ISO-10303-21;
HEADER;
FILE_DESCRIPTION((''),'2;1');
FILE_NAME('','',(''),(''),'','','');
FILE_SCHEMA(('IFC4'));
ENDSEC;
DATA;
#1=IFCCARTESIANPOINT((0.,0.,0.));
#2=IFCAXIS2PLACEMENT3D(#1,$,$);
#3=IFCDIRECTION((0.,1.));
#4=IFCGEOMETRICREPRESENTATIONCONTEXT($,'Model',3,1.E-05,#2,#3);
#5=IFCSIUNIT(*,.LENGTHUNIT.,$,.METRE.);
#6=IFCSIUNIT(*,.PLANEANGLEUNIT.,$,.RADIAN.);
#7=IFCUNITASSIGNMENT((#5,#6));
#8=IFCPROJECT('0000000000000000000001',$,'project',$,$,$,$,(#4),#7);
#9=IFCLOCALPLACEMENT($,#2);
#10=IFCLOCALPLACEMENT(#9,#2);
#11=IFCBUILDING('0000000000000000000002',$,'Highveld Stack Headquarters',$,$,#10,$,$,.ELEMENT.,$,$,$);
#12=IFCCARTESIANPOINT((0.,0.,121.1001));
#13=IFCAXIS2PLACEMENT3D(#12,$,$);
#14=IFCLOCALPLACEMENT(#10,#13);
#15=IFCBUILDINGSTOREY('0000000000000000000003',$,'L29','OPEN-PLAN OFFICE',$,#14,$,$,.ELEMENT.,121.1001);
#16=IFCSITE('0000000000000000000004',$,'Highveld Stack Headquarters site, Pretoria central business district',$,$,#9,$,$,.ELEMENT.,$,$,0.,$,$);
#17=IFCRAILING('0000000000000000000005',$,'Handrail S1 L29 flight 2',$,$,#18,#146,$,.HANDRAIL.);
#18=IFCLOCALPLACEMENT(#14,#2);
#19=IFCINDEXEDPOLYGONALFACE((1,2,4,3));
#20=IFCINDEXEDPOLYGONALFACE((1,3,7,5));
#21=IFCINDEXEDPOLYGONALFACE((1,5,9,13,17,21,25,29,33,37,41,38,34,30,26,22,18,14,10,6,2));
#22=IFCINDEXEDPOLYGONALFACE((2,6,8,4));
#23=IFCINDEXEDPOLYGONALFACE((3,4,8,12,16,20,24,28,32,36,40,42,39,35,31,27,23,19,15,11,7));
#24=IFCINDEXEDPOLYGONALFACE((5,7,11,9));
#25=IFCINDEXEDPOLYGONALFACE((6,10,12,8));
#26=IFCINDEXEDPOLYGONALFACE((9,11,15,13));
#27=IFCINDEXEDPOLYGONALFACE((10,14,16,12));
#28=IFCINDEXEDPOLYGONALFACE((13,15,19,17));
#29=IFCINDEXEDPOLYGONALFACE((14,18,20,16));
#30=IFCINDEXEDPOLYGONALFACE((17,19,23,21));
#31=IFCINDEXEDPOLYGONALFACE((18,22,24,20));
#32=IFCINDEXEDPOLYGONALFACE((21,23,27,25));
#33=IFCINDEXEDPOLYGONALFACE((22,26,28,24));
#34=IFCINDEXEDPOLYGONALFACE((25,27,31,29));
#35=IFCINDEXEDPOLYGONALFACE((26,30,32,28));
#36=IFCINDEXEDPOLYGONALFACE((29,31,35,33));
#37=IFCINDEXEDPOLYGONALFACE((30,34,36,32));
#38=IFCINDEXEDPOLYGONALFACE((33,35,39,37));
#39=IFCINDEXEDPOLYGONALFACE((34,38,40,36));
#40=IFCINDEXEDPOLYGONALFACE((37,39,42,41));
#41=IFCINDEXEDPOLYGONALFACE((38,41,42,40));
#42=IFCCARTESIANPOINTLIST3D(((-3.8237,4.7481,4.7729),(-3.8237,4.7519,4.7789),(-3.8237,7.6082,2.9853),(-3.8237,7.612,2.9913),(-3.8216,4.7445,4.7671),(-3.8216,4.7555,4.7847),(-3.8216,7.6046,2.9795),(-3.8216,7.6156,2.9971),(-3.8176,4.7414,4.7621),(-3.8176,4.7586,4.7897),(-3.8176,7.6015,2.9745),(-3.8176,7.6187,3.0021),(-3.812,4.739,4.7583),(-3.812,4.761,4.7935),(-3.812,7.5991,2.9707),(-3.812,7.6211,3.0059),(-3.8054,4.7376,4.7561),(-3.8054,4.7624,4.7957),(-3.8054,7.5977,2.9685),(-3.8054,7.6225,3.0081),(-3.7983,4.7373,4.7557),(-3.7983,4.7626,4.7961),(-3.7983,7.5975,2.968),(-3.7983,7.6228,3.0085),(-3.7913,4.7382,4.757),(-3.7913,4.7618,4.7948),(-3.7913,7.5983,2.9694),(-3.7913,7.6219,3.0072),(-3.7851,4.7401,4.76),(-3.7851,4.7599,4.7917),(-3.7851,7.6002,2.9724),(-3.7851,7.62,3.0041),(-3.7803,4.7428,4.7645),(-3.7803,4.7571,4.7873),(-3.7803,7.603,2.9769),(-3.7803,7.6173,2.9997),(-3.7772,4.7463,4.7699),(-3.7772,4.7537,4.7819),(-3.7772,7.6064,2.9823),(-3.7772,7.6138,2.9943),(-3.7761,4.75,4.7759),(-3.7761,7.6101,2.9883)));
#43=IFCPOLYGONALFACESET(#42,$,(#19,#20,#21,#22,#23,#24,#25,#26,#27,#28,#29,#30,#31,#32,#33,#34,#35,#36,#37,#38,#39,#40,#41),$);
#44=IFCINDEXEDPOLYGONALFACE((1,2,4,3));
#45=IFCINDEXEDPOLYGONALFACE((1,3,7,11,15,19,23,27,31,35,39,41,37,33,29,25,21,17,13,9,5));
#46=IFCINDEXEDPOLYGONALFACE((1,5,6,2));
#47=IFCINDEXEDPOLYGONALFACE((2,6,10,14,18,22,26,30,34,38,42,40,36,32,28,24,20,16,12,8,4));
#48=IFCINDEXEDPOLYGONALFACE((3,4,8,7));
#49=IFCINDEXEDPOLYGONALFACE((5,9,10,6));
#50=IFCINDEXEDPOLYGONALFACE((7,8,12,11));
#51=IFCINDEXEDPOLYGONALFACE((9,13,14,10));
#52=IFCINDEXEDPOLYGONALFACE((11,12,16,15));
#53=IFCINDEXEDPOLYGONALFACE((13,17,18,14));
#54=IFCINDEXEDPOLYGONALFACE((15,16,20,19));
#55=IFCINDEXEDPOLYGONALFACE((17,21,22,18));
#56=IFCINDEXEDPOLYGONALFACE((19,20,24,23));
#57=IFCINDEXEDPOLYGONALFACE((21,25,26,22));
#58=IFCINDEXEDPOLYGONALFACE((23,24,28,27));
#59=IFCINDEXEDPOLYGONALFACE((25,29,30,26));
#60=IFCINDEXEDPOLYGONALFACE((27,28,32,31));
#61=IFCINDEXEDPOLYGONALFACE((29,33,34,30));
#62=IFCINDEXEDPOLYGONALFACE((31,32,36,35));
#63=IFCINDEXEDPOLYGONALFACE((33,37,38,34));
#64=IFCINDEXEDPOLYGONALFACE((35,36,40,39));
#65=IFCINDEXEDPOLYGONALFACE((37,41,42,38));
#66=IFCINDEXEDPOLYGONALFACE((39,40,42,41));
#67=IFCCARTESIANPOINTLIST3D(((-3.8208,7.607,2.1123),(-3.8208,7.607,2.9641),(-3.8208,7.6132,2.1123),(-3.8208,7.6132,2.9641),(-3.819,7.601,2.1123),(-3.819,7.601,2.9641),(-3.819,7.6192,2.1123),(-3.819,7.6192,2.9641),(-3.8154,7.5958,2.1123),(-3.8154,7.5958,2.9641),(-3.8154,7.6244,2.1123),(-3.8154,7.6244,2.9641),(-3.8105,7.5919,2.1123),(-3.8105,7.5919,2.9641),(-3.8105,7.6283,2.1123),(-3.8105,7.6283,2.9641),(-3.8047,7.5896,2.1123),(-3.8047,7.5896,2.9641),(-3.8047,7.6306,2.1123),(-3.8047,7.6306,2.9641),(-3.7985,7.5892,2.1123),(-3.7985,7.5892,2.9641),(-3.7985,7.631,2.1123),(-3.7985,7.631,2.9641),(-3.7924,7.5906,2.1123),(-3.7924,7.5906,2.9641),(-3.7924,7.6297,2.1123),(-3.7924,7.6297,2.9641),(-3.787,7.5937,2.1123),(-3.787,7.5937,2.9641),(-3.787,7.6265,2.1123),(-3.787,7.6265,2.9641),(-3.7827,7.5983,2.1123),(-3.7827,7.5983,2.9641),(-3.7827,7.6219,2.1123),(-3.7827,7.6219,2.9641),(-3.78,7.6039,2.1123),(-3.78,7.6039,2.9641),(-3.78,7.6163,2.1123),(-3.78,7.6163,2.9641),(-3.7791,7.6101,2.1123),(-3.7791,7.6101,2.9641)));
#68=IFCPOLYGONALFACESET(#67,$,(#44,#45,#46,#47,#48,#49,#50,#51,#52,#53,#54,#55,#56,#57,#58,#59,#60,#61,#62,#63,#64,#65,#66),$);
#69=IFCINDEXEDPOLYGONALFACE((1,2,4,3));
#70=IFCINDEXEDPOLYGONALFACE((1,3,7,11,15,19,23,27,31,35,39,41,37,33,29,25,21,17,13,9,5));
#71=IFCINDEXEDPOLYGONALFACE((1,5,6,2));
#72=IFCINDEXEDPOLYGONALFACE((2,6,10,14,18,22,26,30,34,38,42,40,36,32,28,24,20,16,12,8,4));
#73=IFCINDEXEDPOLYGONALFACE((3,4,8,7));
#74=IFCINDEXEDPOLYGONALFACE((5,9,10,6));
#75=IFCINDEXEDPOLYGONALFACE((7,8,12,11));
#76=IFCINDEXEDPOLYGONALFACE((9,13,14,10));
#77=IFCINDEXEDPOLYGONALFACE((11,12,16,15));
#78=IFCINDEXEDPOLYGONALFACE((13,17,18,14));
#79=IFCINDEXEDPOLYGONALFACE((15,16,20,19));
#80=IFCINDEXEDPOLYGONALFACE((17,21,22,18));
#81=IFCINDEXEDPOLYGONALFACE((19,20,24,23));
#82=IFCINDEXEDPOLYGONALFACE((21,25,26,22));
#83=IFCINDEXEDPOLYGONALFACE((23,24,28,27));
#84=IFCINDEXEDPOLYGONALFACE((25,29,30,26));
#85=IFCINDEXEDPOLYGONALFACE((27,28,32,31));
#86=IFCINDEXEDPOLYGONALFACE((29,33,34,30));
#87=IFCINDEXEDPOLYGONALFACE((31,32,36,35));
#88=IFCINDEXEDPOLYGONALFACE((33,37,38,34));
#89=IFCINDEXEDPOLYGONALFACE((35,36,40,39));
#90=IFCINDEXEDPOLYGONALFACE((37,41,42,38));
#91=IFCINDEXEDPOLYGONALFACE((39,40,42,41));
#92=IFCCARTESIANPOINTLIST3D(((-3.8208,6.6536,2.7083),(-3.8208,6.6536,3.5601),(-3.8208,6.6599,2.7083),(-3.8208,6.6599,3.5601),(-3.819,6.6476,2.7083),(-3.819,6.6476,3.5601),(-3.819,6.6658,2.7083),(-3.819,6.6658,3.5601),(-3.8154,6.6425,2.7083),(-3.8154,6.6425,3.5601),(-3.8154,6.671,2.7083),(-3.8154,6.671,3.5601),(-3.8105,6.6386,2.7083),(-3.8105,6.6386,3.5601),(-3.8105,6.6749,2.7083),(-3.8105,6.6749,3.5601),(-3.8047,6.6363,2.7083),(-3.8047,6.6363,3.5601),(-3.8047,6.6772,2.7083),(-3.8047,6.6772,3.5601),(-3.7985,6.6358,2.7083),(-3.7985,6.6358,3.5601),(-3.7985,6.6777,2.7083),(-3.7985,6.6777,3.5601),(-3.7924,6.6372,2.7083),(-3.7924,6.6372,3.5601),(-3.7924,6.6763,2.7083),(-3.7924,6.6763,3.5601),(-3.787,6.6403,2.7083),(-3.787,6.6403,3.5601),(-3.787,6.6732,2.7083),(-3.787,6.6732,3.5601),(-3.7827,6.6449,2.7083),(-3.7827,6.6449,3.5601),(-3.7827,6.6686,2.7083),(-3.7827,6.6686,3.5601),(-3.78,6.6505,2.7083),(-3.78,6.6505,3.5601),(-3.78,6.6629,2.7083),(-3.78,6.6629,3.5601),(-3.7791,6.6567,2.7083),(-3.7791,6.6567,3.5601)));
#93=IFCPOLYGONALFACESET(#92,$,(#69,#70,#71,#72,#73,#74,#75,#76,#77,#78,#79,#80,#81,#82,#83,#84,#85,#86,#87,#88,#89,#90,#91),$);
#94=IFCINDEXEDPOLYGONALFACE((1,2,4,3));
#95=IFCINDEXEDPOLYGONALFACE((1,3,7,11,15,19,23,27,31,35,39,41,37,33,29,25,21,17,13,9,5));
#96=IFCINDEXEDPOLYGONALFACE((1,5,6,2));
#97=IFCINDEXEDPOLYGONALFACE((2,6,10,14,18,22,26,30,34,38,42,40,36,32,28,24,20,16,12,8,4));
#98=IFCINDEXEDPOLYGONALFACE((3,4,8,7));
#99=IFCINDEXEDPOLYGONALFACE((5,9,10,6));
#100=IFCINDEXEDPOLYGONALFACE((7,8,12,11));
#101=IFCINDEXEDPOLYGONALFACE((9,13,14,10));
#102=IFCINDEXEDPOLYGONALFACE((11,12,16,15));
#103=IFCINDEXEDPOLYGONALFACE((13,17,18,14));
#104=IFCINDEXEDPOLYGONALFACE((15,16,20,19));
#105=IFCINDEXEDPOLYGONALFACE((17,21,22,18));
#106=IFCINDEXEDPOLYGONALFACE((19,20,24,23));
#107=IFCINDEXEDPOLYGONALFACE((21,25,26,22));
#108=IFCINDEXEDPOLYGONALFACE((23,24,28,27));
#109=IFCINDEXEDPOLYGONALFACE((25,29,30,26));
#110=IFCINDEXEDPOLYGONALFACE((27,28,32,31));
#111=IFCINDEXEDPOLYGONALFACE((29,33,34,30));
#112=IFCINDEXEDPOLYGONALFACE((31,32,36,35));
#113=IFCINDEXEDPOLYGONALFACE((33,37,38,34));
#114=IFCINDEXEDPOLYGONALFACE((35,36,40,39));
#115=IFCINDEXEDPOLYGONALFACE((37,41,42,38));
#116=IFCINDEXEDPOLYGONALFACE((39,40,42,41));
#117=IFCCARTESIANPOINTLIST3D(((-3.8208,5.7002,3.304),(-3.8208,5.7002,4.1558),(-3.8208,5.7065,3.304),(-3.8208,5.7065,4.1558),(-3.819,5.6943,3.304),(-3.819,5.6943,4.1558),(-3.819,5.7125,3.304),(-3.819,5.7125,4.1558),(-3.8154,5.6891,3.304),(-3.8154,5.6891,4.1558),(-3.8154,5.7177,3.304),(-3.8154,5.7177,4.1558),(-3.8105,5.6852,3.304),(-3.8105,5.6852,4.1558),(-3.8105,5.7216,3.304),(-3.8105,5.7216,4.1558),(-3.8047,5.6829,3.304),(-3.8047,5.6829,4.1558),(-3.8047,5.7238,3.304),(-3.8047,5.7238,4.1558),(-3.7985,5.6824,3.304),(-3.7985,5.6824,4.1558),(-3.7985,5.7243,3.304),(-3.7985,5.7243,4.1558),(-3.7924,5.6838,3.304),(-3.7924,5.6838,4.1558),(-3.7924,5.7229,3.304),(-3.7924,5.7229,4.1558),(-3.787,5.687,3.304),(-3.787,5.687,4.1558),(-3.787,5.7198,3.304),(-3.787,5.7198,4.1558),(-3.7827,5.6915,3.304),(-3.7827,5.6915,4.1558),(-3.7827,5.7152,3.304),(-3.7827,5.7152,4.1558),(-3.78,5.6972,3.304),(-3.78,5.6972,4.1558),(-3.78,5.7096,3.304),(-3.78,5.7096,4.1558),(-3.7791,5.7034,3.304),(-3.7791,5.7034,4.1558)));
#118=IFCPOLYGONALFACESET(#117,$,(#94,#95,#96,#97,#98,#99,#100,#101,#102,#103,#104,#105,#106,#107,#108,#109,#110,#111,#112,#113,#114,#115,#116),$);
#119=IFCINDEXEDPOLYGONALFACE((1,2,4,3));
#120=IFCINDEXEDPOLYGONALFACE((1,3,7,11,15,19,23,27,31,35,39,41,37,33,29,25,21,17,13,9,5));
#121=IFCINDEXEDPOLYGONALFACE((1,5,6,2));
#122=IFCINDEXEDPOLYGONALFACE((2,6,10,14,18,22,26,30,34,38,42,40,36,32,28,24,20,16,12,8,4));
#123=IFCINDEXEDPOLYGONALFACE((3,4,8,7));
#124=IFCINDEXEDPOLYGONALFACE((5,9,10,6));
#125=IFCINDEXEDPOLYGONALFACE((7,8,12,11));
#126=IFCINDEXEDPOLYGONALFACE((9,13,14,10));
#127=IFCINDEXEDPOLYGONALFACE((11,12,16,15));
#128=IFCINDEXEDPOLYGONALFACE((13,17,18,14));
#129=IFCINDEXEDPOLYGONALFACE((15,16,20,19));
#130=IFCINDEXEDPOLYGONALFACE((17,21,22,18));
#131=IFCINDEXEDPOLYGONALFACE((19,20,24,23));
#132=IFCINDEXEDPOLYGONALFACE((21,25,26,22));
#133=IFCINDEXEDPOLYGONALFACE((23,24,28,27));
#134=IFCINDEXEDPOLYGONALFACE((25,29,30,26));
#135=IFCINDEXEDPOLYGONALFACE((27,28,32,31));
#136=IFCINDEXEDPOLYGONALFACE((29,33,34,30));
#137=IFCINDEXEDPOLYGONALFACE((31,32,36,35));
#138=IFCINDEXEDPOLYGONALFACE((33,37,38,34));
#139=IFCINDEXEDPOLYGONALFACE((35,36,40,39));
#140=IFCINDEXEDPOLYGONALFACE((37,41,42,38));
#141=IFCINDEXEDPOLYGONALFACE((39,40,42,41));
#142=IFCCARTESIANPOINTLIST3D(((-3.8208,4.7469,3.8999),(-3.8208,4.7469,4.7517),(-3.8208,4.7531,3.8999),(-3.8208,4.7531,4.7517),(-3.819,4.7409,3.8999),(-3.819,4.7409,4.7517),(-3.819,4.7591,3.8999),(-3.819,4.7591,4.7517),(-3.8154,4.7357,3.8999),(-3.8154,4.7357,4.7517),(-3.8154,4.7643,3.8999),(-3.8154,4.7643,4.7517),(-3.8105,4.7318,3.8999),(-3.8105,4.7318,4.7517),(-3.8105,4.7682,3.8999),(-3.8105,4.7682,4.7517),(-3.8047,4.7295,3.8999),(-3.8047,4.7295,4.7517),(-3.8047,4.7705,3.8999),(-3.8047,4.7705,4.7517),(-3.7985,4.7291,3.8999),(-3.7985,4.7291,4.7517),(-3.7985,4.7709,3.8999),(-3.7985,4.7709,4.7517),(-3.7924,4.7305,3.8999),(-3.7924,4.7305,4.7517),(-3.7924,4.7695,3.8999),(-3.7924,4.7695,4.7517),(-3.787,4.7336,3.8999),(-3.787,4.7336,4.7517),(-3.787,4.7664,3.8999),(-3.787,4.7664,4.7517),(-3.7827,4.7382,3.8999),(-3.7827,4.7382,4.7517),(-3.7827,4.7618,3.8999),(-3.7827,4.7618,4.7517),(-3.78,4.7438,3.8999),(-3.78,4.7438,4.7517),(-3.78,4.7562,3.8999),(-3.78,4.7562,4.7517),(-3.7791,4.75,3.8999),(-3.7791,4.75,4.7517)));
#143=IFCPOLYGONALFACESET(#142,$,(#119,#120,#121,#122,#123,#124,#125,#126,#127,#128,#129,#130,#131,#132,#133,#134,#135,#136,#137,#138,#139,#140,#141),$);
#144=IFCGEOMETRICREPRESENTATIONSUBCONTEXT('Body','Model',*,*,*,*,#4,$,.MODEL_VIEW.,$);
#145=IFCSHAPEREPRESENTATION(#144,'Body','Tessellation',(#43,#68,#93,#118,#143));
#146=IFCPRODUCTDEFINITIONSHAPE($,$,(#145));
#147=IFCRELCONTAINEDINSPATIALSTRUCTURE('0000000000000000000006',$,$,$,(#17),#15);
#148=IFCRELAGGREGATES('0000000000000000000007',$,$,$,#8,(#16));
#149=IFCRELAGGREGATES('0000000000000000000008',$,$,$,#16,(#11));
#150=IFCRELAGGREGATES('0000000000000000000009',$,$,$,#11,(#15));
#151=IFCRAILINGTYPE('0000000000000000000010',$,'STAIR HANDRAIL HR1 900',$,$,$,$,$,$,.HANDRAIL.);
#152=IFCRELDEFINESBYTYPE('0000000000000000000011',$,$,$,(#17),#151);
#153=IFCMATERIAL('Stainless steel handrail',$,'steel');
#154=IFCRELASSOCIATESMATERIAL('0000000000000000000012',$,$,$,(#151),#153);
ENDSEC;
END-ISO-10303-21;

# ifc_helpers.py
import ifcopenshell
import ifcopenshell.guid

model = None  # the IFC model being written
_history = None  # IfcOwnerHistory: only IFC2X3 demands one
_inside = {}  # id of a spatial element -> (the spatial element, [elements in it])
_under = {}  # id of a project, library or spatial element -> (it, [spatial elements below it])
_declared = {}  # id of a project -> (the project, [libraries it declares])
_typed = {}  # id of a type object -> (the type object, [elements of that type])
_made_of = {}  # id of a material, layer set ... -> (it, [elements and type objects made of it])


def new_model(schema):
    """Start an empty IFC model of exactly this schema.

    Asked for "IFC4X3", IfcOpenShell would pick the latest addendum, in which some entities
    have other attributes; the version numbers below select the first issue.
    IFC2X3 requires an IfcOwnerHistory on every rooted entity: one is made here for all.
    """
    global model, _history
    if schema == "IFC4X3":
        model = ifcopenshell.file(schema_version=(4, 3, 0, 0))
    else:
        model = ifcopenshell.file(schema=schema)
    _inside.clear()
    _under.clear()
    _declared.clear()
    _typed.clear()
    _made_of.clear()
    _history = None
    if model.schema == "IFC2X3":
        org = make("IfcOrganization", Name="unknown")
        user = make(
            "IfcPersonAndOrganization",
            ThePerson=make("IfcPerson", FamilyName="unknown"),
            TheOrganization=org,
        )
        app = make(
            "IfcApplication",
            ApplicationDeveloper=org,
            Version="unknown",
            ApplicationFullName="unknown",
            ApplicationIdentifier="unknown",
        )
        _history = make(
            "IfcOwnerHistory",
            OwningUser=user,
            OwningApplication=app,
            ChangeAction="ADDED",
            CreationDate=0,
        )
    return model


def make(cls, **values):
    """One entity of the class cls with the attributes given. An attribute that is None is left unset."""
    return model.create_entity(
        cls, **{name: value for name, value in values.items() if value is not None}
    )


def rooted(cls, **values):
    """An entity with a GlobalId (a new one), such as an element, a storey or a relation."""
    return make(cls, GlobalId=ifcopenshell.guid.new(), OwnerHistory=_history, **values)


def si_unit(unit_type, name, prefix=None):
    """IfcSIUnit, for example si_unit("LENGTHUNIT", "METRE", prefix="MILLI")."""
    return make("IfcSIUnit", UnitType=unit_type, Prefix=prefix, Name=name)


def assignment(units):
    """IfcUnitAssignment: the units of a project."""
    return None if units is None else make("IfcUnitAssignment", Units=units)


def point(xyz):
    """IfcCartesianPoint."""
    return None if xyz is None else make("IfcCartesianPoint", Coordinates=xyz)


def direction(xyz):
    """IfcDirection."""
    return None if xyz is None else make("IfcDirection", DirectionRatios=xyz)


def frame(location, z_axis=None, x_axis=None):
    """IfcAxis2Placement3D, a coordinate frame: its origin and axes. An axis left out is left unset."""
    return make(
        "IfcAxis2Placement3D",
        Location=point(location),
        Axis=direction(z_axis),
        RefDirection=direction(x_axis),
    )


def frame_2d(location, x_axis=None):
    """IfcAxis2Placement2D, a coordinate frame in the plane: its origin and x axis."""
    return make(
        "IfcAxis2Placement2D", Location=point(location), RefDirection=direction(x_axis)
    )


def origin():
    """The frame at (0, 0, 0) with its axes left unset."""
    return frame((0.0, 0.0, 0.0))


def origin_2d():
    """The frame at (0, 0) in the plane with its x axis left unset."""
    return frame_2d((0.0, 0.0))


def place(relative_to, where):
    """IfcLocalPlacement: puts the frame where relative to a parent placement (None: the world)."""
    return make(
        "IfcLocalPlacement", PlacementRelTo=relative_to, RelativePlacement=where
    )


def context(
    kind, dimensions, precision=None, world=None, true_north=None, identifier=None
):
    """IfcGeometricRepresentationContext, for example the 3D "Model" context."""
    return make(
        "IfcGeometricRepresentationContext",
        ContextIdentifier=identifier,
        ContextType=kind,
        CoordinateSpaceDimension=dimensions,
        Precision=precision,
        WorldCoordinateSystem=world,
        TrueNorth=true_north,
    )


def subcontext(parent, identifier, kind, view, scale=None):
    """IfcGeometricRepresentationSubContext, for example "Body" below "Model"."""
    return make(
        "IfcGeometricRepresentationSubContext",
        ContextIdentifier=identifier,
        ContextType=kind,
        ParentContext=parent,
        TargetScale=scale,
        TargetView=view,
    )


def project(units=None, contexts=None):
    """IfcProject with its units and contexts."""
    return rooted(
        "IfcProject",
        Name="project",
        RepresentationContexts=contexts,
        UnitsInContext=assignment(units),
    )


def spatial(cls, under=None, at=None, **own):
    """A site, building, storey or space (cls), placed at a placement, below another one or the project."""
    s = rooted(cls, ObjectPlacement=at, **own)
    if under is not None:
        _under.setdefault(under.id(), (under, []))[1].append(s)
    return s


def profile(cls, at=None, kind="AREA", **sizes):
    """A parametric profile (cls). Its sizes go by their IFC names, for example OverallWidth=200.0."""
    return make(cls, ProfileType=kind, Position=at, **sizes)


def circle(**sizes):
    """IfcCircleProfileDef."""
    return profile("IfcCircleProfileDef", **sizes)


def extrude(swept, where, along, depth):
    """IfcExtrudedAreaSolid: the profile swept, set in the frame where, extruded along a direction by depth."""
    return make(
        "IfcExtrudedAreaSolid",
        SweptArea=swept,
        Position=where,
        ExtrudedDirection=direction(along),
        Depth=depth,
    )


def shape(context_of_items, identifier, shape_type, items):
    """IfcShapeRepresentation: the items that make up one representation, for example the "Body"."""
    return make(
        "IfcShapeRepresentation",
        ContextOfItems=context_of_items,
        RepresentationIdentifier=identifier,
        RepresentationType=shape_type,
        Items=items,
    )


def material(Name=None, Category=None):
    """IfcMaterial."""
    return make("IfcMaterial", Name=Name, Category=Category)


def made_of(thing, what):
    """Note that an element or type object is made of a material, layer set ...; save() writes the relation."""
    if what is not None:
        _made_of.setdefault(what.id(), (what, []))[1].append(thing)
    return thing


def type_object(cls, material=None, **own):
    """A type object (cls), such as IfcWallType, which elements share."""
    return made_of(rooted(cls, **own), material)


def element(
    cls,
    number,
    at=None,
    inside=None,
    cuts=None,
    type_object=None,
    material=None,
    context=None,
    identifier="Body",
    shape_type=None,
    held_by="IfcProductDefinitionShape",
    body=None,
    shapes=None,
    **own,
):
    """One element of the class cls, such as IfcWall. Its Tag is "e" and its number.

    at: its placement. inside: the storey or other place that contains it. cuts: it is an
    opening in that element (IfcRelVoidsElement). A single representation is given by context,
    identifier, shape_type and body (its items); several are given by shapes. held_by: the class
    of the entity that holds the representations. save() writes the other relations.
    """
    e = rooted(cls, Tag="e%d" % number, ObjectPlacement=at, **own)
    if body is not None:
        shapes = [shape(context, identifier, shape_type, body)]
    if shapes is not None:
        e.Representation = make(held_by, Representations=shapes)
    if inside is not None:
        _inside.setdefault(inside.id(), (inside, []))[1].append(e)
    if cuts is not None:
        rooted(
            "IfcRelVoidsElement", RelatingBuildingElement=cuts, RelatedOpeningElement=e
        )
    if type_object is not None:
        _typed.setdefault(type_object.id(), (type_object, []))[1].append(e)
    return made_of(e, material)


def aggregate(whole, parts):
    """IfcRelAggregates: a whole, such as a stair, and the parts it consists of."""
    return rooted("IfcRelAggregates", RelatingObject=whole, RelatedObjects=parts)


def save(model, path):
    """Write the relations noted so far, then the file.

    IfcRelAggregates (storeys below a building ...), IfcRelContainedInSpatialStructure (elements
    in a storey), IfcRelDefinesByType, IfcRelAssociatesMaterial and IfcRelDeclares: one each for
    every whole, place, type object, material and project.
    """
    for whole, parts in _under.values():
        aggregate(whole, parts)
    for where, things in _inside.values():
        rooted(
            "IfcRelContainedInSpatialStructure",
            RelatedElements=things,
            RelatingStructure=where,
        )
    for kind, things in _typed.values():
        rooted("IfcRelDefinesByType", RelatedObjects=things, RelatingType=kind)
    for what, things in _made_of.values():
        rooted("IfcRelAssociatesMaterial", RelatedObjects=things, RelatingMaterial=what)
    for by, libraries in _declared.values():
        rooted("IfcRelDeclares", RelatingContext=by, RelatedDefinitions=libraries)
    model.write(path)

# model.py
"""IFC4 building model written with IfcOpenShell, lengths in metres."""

from ifc_helpers import new_model, si_unit, direction, frame, origin, origin_2d, place, context, subcontext, project, spatial, circle, extrude, material, type_object, element, save


model = new_model("IFC4")

# Units and contexts
model_context = context("Model", 3, precision=1e-05, world=origin(), true_north=direction((0.0, 1.0)))
body_context = subcontext(model_context, "Body", "Model", "MODEL_VIEW")
ifc_project = project(units=[si_unit("LENGTHUNIT", "METRE"), si_unit("PLANEANGLEUNIT", "RADIAN")], contexts=[model_context])

# Site, building, storey
site_placement = place(None, origin())
site = spatial("IfcSite", under=ifc_project, at=site_placement, Name="Highveld Stack Headquarters site, Pretoria central business district", CompositionType="ELEMENT", RefElevation=0.0)
building_placement = place(site_placement, origin())
building = spatial("IfcBuilding", under=site, at=building_placement, Name="Highveld Stack Headquarters", CompositionType="ELEMENT")
storey_placement = place(building_placement, frame((0.0, 0.0, 121.1001)))
storey = spatial("IfcBuildingStorey", under=building, at=storey_placement, Name="L29", Description="OPEN-PLAN OFFICE", CompositionType="ELEMENT", Elevation=121.1001)

# Railing
ifc_material_1 = material(Name="Stainless steel handrail", Category="steel")
railing_type = type_object("IfcRailingType", Name="STAIR HANDRAIL HR1 900", PredefinedType="HANDRAIL", material=ifc_material_1)
for number, where, name in (
    (1, (-3.8, 7.6101, 2.1123), "Handrail S1 L29 flight 2"),
):
    element("IfcRailing", number, at=place(storey_placement, frame(where)), inside=storey, type_object=railing_type, Name=name, PredefinedType="HANDRAIL", context=body_context, shape_type="SweptSolid", body=[
        extrude(circle(Radius=0.0239, at=origin_2d()), frame((0.0, 0.0, 0.876), z_axis=(0.0, -0.847994, 0.530005), x_axis=(1.0, 0.0, 0.0)), (0.0, 0.0, 1.0), 3.3728),
        extrude(circle(Radius=0.021, at=origin_2d()), origin(), (0.0, 0.0, 1.0), 0.8518),
        extrude(circle(Radius=0.021, at=origin_2d()), frame((0.0, -0.9534, 0.5959)), (0.0, 0.0, 1.0), 0.8518),
        extrude(circle(Radius=0.021, at=origin_2d()), frame((0.0, -1.9067, 1.1917)), (0.0, 0.0, 1.0), 0.8518),
        extrude(circle(Radius=0.021, at=origin_2d()), frame((0.0, -2.8601, 1.7876)), (0.0, 0.0, 1.0), 0.8518),
    ])

save(model, "model.ifc")
